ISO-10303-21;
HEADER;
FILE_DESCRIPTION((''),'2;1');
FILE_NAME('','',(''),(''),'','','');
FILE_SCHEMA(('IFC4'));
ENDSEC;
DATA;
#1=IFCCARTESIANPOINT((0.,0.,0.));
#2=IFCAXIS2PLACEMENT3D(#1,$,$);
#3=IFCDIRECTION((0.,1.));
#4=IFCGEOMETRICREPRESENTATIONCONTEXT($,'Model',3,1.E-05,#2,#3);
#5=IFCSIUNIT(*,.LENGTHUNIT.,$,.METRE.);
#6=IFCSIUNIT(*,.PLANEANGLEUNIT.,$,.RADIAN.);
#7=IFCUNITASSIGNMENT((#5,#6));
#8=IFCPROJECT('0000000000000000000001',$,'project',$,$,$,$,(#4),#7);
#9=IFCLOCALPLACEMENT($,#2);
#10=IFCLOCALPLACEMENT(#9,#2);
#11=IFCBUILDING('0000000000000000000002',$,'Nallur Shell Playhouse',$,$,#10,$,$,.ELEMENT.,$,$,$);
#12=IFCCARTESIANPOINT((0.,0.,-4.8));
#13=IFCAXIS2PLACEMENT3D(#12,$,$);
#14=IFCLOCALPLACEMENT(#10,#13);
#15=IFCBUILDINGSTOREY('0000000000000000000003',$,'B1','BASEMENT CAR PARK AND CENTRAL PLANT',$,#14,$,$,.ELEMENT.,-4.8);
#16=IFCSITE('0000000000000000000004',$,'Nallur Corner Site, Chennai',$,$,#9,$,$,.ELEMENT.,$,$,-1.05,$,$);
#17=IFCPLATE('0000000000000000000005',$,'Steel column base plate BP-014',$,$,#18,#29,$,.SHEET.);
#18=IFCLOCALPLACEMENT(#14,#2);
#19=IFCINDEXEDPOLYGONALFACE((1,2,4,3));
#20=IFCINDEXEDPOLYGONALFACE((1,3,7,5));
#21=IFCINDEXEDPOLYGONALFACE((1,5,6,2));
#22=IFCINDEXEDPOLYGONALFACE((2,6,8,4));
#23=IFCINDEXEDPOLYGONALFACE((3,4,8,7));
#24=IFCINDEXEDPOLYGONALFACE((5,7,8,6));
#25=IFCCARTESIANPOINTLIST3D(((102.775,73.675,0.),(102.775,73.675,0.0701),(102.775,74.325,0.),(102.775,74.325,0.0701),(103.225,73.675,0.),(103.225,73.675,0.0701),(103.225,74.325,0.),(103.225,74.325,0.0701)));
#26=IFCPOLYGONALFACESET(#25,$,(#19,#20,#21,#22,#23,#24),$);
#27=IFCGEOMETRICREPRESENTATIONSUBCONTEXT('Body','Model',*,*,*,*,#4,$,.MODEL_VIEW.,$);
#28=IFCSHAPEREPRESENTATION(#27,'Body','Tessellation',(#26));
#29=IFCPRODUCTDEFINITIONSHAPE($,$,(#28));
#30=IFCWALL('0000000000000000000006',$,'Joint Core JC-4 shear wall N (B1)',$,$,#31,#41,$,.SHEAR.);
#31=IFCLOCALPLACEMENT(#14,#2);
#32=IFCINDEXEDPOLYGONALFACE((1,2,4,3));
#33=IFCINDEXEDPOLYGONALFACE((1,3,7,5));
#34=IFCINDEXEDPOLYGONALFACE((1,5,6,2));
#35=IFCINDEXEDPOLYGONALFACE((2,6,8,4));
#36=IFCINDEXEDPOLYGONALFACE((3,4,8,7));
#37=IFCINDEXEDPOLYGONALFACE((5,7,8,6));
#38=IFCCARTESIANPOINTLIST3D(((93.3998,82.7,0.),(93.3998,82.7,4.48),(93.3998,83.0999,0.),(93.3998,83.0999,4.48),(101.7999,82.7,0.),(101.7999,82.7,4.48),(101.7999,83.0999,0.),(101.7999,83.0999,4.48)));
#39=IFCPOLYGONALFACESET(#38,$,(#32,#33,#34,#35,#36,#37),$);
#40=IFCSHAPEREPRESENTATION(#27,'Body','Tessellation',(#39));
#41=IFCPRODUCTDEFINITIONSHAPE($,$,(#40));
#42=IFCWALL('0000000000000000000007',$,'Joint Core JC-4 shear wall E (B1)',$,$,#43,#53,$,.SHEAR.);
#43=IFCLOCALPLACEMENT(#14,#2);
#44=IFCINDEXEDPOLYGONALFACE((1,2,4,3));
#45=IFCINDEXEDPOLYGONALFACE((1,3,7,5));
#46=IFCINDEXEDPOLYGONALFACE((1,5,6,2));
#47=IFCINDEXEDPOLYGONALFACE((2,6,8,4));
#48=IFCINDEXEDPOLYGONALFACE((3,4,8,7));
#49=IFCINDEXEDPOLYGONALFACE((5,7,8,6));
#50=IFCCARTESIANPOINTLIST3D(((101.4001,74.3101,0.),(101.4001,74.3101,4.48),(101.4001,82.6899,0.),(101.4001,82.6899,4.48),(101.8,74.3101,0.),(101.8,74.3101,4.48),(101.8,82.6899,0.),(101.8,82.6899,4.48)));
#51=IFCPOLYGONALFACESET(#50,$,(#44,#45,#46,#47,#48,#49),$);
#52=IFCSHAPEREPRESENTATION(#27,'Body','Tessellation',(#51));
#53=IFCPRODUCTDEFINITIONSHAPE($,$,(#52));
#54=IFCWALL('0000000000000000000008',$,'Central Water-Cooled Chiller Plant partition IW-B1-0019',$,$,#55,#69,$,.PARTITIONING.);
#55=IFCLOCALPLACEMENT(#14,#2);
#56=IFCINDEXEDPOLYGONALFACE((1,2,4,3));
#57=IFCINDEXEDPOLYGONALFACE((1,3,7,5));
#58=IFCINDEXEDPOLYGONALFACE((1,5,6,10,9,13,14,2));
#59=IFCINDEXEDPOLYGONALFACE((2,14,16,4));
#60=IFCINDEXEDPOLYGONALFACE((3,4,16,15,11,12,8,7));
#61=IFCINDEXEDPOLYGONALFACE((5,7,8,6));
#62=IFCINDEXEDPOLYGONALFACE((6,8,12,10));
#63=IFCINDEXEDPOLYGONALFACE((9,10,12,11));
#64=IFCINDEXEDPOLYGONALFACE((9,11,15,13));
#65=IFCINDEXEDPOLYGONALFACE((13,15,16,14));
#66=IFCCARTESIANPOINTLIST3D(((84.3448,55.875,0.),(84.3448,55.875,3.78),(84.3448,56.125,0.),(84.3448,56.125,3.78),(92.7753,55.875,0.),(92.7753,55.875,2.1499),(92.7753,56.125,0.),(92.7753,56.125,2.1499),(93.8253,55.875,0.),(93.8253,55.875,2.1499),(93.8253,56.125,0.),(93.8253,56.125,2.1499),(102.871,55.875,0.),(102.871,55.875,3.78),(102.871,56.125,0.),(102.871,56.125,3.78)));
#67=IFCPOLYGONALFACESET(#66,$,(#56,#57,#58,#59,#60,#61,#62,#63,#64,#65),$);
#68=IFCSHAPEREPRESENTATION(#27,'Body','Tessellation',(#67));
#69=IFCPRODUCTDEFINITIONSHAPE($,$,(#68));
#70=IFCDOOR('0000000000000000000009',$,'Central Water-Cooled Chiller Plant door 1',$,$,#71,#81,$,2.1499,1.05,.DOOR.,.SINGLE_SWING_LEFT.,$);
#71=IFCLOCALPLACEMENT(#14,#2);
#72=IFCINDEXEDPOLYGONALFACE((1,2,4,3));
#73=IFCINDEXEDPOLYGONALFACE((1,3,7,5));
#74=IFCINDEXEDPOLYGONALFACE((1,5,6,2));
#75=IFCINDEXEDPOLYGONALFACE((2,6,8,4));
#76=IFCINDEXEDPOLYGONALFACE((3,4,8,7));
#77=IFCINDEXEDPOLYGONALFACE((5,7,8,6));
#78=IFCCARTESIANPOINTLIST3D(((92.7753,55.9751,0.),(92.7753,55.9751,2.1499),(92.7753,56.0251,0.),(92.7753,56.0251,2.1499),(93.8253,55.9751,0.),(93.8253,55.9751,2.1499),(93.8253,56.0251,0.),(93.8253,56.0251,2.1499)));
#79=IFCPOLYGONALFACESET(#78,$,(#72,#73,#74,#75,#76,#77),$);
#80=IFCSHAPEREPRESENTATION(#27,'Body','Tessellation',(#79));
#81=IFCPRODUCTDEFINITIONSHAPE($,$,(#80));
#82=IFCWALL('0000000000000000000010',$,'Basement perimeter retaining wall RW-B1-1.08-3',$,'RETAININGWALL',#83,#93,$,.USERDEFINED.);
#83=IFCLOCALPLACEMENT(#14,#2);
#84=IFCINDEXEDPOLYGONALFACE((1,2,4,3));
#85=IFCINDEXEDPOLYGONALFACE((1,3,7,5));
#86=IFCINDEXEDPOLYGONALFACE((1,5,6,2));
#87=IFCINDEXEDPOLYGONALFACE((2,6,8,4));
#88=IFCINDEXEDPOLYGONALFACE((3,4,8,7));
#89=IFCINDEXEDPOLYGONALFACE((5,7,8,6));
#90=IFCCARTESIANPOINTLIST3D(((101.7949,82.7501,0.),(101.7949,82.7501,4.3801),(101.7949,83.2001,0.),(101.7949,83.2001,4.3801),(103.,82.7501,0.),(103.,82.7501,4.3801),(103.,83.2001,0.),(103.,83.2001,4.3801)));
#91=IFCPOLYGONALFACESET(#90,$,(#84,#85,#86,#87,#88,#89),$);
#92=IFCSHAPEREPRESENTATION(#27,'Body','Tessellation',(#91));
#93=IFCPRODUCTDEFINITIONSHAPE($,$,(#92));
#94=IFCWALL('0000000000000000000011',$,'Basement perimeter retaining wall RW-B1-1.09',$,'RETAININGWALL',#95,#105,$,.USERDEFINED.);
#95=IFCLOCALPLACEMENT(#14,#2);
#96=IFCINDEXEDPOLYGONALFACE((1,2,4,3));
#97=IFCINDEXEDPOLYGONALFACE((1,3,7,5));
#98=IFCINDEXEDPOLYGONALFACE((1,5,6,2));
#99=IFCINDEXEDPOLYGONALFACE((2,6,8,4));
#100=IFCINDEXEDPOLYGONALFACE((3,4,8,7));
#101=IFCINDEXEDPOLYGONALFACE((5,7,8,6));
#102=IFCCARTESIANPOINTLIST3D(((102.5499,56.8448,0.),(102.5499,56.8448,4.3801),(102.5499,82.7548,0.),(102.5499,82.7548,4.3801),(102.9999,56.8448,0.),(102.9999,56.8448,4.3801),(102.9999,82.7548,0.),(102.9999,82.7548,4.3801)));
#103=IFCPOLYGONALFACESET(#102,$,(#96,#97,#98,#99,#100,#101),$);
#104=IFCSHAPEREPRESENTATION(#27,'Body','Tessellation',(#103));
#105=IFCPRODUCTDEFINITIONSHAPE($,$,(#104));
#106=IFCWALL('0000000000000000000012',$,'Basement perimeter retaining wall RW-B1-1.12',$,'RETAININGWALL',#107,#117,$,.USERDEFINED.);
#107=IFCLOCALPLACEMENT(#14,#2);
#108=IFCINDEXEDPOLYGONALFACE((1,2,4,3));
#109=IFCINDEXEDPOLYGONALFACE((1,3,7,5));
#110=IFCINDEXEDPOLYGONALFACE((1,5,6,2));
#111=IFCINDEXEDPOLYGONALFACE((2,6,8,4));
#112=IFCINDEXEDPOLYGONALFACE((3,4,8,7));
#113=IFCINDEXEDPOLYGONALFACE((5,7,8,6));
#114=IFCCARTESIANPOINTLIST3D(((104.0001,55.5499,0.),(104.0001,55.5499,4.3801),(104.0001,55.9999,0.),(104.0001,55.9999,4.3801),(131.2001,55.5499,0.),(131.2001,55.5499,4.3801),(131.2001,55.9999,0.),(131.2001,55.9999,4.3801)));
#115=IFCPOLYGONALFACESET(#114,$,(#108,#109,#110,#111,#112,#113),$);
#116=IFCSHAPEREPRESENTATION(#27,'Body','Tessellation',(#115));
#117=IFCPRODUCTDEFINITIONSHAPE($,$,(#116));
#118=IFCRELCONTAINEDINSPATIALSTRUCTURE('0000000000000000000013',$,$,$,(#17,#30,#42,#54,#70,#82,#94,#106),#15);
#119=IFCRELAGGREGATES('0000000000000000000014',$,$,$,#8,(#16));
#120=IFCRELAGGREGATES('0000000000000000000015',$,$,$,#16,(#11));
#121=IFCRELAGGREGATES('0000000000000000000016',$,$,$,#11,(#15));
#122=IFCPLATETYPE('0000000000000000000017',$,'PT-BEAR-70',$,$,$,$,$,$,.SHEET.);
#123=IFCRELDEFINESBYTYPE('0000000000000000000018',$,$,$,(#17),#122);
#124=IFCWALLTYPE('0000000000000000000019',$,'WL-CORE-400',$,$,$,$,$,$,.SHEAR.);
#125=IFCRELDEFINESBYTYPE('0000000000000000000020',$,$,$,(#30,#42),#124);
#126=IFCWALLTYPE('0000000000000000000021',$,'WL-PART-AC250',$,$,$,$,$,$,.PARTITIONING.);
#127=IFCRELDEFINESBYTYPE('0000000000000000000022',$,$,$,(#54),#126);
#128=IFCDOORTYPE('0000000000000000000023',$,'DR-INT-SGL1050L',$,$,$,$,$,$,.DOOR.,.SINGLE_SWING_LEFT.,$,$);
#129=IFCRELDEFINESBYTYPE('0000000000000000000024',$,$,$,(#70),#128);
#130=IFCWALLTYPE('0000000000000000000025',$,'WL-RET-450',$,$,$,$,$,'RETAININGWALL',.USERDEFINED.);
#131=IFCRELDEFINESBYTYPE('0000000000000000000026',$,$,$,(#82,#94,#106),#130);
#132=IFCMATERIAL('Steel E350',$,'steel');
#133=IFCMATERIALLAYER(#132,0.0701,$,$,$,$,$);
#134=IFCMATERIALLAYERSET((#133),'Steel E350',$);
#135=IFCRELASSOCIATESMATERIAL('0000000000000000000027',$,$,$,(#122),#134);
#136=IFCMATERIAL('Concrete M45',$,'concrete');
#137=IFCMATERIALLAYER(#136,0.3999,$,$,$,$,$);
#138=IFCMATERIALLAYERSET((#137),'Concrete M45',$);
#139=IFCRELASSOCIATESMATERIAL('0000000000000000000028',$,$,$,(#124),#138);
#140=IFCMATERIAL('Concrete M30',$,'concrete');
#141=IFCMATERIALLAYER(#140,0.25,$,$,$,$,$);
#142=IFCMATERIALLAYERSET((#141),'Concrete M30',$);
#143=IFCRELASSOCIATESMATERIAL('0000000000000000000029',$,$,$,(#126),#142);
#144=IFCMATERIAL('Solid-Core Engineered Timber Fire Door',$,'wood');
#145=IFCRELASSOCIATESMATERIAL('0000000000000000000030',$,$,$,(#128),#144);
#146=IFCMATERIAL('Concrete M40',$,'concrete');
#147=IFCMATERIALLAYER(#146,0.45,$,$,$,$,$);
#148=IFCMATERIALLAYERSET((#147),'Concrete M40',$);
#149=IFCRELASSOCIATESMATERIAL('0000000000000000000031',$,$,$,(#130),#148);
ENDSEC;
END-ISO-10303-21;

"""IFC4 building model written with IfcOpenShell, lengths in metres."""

from ifc_helpers import new_model, si_unit, direction, frame, frame_2d, origin, origin_2d, place, context, subcontext, project, spatial, rectangle, extrude, material, layer, layer_set, type_object, element, fill, save


model = new_model("IFC4")

# Units and contexts
model_context = context("Model", 3, precision=1e-05, world=origin(), true_north=direction((0.0, 1.0)))
body_context = subcontext(model_context, "Body", "Model", "MODEL_VIEW")
ifc_project = project(units=[si_unit("LENGTHUNIT", "METRE"), si_unit("PLANEANGLEUNIT", "RADIAN")], contexts=[model_context])

# Site, building, storey
site_placement = place(None, origin())
site = spatial("IfcSite", under=ifc_project, at=site_placement, Name="Nallur Corner Site, Chennai", CompositionType="ELEMENT", RefElevation=-1.05)
building_placement = place(site_placement, origin())
building = spatial("IfcBuilding", under=site, at=building_placement, Name="Nallur Shell Playhouse", CompositionType="ELEMENT")
storey_placement = place(building_placement, frame((0.0, 0.0, -4.8)))
storey = spatial("IfcBuildingStorey", under=building, at=storey_placement, Name="B1", Description="BASEMENT CAR PARK AND CENTRAL PLANT", CompositionType="ELEMENT", Elevation=-4.8)

# Shared definitions
ifc_material_1 = material(Name="Concrete M40", Category="concrete")
ifc_material_2 = material(Name="Steel E350", Category="steel")

# Plate
ifc_layer_1 = layer(ifc_material_2, 0.0701)
ifc_layer_set_1 = layer_set([ifc_layer_1], Name="Steel E350")
plate_type_1 = type_object("IfcPlateType", Name="PT-BEAR-70", PredefinedType="SHEET", material=ifc_layer_set_1)
for number, where, z_axis, x_axis, name in (
    (1, (103.0, 74.0, 0.0), (0.0, 0.0, 1.0), (1.0, 0.0, 0.0), "Steel column base plate BP-014"),
):
    element("IfcPlate", number, at=place(storey_placement, frame(where, z_axis=z_axis, x_axis=x_axis)), inside=storey, type_object=plate_type_1, Name=name, PredefinedType="SHEET", context=body_context, shape_type="SweptSolid", body=[
        extrude(rectangle(XDim=0.45, YDim=0.6499, at=origin_2d()), origin(), (0.0, 0.0, 1.0), 0.0701),
    ])

# Walls
ifc_material_3 = material(Name="Concrete M45", Category="concrete")
ifc_layer_2 = layer(ifc_material_3, 0.3999)
ifc_layer_set_2 = layer_set([ifc_layer_2], Name="Concrete M45")
wall_type_1 = type_object("IfcWallType", Name="WL-CORE-400", PredefinedType="SHEAR", material=ifc_layer_set_2)
wall_1_placement = place(storey_placement, frame((101.8, 82.8999, 0.0), z_axis=(0.0, 0.0, 1.0), x_axis=(-1.0, 0.0, 0.0)))
element("IfcWall", 2, at=wall_1_placement, inside=storey, type_object=wall_type_1, Name="Joint Core JC-4 shear wall N (B1)", PredefinedType="SHEAR", context=body_context, shape_type="SweptSolid", body=[
    extrude(rectangle(XDim=8.4001, YDim=0.3999, at=frame_2d((4.2002, 0.0))), origin(), (0.0, 0.0, 1.0), 4.48),
])
wall_2_placement = place(storey_placement, frame((101.6001, 74.3101, 0.0), z_axis=(0.0, 0.0, 1.0), x_axis=(0.0, 1.0, 0.0)))
element("IfcWall", 3, at=wall_2_placement, inside=storey, type_object=wall_type_1, Name="Joint Core JC-4 shear wall E (B1)", PredefinedType="SHEAR", context=body_context, shape_type="SweptSolid", body=[
    extrude(rectangle(XDim=8.3799, YDim=0.3999, at=frame_2d((4.1899, 0.0))), origin(), (0.0, 0.0, 1.0), 4.48),
])

# Wall, opening, door
ifc_material_4 = material(Name="Concrete M30", Category="concrete")
ifc_layer_3 = layer(ifc_material_4, 0.25)
ifc_layer_set_3 = layer_set([ifc_layer_3], Name="Concrete M30")
wall_type_2 = type_object("IfcWallType", Name="WL-PART-AC250", PredefinedType="PARTITIONING", material=ifc_layer_set_3)
wall_3_placement = place(storey_placement, frame((102.8711, 56.0, 0.0), z_axis=(0.0, 0.0, 1.0), x_axis=(-1.0, 0.0, 0.0)))
wall_3 = element("IfcWall", 4, at=wall_3_placement, inside=storey, type_object=wall_type_2, Name="Central Water-Cooled Chiller Plant partition IW-B1-0019", PredefinedType="PARTITIONING", context=body_context, shape_type="SweptSolid", body=[
    extrude(rectangle(XDim=18.5261, YDim=0.25, at=frame_2d((9.2632, 0.0))), origin(), (0.0, 0.0, 1.0), 3.78),
])
opening_placement = place(wall_3_placement, frame((9.0459, 0.0, 0.0)))
opening = element("IfcOpeningElement", 5, at=opening_placement, cuts=wall_3, PredefinedType="OPENING", context=body_context, shape_type="SweptSolid", body=[
    extrude(rectangle(XDim=1.05, YDim=2.1499, at=frame_2d((0.5249, 1.075))), frame((0.0, 0.135, 0.0), z_axis=(0.0, -1.0, 0.0), x_axis=(1.0, 0.0, 0.0)), (0.0, 0.0, 1.0), 0.27),
])
ifc_material_5 = material(Name="Solid-Core Engineered Timber Fire Door", Category="wood")
door_type = type_object("IfcDoorType", Name="DR-INT-SGL1050L", OperationType="SINGLE_SWING_LEFT", PredefinedType="DOOR", material=ifc_material_5)
door_placement = place(opening_placement, origin())
door = element("IfcDoor", 6, at=door_placement, inside=storey, type_object=door_type, Name="Central Water-Cooled Chiller Plant door 1", OperationType="SINGLE_SWING_LEFT", OverallHeight=2.1499, OverallWidth=1.05, PredefinedType="DOOR", context=body_context, shape_type="SweptSolid", body=[
    extrude(rectangle(XDim=1.05, YDim=2.1499, at=frame_2d((0.5249, 1.075))), frame((0.0, 0.0249, 0.0), z_axis=(0.0, -1.0, 0.0), x_axis=(1.0, 0.0, 0.0)), (0.0, 0.0, 1.0), 0.05),
])
fill(opening, door)

# Walls
ifc_layer_4 = layer(ifc_material_1, 0.45)
ifc_layer_set_4 = layer_set([ifc_layer_4], Name="Concrete M40")
wall_type_3 = type_object("IfcWallType", Name="WL-RET-450", ElementType="RETAININGWALL", PredefinedType="USERDEFINED", material=ifc_layer_set_4)
wall_4_placement = place(storey_placement, frame((101.7949, 82.9751, 0.0), z_axis=(0.0, 0.0, 1.0), x_axis=(1.0, 0.0, 0.0)))
element("IfcWall", 7, at=wall_4_placement, inside=storey, type_object=wall_type_3, Name="Basement perimeter retaining wall RW-B1-1.08-3", ObjectType="RETAININGWALL", PredefinedType="USERDEFINED", context=body_context, shape_type="SweptSolid", body=[
    extrude(rectangle(XDim=1.2051, YDim=0.45, at=frame_2d((0.6025, 0.0))), origin(), (0.0, 0.0, 1.0), 4.3801),
])
wall_5_placement = place(storey_placement, frame((102.7749, 82.7549, 0.0), z_axis=(0.0, 0.0, 1.0), x_axis=(0.0, -1.0, 0.0)))
element("IfcWall", 8, at=wall_5_placement, inside=storey, type_object=wall_type_3, Name="Basement perimeter retaining wall RW-B1-1.09", ObjectType="RETAININGWALL", PredefinedType="USERDEFINED", context=body_context, shape_type="SweptSolid", body=[
    extrude(rectangle(XDim=25.9099, YDim=0.45, at=frame_2d((12.9551, 0.0))), origin(), (0.0, 0.0, 1.0), 4.3801),
])
wall_6_placement = place(storey_placement, frame((104.0, 55.7749, 0.0), z_axis=(0.0, 0.0, 1.0), x_axis=(1.0, 0.0, 0.0)))
element("IfcWall", 9, at=wall_6_placement, inside=storey, type_object=wall_type_3, Name="Basement perimeter retaining wall RW-B1-1.12", ObjectType="RETAININGWALL", PredefinedType="USERDEFINED", context=body_context, shape_type="SweptSolid", body=[
    extrude(rectangle(XDim=27.2, YDim=0.45, at=frame_2d((13.6001, 0.0))), origin(), (0.0, 0.0, 1.0), 4.3801),
])

save(model, "model.ifc")
